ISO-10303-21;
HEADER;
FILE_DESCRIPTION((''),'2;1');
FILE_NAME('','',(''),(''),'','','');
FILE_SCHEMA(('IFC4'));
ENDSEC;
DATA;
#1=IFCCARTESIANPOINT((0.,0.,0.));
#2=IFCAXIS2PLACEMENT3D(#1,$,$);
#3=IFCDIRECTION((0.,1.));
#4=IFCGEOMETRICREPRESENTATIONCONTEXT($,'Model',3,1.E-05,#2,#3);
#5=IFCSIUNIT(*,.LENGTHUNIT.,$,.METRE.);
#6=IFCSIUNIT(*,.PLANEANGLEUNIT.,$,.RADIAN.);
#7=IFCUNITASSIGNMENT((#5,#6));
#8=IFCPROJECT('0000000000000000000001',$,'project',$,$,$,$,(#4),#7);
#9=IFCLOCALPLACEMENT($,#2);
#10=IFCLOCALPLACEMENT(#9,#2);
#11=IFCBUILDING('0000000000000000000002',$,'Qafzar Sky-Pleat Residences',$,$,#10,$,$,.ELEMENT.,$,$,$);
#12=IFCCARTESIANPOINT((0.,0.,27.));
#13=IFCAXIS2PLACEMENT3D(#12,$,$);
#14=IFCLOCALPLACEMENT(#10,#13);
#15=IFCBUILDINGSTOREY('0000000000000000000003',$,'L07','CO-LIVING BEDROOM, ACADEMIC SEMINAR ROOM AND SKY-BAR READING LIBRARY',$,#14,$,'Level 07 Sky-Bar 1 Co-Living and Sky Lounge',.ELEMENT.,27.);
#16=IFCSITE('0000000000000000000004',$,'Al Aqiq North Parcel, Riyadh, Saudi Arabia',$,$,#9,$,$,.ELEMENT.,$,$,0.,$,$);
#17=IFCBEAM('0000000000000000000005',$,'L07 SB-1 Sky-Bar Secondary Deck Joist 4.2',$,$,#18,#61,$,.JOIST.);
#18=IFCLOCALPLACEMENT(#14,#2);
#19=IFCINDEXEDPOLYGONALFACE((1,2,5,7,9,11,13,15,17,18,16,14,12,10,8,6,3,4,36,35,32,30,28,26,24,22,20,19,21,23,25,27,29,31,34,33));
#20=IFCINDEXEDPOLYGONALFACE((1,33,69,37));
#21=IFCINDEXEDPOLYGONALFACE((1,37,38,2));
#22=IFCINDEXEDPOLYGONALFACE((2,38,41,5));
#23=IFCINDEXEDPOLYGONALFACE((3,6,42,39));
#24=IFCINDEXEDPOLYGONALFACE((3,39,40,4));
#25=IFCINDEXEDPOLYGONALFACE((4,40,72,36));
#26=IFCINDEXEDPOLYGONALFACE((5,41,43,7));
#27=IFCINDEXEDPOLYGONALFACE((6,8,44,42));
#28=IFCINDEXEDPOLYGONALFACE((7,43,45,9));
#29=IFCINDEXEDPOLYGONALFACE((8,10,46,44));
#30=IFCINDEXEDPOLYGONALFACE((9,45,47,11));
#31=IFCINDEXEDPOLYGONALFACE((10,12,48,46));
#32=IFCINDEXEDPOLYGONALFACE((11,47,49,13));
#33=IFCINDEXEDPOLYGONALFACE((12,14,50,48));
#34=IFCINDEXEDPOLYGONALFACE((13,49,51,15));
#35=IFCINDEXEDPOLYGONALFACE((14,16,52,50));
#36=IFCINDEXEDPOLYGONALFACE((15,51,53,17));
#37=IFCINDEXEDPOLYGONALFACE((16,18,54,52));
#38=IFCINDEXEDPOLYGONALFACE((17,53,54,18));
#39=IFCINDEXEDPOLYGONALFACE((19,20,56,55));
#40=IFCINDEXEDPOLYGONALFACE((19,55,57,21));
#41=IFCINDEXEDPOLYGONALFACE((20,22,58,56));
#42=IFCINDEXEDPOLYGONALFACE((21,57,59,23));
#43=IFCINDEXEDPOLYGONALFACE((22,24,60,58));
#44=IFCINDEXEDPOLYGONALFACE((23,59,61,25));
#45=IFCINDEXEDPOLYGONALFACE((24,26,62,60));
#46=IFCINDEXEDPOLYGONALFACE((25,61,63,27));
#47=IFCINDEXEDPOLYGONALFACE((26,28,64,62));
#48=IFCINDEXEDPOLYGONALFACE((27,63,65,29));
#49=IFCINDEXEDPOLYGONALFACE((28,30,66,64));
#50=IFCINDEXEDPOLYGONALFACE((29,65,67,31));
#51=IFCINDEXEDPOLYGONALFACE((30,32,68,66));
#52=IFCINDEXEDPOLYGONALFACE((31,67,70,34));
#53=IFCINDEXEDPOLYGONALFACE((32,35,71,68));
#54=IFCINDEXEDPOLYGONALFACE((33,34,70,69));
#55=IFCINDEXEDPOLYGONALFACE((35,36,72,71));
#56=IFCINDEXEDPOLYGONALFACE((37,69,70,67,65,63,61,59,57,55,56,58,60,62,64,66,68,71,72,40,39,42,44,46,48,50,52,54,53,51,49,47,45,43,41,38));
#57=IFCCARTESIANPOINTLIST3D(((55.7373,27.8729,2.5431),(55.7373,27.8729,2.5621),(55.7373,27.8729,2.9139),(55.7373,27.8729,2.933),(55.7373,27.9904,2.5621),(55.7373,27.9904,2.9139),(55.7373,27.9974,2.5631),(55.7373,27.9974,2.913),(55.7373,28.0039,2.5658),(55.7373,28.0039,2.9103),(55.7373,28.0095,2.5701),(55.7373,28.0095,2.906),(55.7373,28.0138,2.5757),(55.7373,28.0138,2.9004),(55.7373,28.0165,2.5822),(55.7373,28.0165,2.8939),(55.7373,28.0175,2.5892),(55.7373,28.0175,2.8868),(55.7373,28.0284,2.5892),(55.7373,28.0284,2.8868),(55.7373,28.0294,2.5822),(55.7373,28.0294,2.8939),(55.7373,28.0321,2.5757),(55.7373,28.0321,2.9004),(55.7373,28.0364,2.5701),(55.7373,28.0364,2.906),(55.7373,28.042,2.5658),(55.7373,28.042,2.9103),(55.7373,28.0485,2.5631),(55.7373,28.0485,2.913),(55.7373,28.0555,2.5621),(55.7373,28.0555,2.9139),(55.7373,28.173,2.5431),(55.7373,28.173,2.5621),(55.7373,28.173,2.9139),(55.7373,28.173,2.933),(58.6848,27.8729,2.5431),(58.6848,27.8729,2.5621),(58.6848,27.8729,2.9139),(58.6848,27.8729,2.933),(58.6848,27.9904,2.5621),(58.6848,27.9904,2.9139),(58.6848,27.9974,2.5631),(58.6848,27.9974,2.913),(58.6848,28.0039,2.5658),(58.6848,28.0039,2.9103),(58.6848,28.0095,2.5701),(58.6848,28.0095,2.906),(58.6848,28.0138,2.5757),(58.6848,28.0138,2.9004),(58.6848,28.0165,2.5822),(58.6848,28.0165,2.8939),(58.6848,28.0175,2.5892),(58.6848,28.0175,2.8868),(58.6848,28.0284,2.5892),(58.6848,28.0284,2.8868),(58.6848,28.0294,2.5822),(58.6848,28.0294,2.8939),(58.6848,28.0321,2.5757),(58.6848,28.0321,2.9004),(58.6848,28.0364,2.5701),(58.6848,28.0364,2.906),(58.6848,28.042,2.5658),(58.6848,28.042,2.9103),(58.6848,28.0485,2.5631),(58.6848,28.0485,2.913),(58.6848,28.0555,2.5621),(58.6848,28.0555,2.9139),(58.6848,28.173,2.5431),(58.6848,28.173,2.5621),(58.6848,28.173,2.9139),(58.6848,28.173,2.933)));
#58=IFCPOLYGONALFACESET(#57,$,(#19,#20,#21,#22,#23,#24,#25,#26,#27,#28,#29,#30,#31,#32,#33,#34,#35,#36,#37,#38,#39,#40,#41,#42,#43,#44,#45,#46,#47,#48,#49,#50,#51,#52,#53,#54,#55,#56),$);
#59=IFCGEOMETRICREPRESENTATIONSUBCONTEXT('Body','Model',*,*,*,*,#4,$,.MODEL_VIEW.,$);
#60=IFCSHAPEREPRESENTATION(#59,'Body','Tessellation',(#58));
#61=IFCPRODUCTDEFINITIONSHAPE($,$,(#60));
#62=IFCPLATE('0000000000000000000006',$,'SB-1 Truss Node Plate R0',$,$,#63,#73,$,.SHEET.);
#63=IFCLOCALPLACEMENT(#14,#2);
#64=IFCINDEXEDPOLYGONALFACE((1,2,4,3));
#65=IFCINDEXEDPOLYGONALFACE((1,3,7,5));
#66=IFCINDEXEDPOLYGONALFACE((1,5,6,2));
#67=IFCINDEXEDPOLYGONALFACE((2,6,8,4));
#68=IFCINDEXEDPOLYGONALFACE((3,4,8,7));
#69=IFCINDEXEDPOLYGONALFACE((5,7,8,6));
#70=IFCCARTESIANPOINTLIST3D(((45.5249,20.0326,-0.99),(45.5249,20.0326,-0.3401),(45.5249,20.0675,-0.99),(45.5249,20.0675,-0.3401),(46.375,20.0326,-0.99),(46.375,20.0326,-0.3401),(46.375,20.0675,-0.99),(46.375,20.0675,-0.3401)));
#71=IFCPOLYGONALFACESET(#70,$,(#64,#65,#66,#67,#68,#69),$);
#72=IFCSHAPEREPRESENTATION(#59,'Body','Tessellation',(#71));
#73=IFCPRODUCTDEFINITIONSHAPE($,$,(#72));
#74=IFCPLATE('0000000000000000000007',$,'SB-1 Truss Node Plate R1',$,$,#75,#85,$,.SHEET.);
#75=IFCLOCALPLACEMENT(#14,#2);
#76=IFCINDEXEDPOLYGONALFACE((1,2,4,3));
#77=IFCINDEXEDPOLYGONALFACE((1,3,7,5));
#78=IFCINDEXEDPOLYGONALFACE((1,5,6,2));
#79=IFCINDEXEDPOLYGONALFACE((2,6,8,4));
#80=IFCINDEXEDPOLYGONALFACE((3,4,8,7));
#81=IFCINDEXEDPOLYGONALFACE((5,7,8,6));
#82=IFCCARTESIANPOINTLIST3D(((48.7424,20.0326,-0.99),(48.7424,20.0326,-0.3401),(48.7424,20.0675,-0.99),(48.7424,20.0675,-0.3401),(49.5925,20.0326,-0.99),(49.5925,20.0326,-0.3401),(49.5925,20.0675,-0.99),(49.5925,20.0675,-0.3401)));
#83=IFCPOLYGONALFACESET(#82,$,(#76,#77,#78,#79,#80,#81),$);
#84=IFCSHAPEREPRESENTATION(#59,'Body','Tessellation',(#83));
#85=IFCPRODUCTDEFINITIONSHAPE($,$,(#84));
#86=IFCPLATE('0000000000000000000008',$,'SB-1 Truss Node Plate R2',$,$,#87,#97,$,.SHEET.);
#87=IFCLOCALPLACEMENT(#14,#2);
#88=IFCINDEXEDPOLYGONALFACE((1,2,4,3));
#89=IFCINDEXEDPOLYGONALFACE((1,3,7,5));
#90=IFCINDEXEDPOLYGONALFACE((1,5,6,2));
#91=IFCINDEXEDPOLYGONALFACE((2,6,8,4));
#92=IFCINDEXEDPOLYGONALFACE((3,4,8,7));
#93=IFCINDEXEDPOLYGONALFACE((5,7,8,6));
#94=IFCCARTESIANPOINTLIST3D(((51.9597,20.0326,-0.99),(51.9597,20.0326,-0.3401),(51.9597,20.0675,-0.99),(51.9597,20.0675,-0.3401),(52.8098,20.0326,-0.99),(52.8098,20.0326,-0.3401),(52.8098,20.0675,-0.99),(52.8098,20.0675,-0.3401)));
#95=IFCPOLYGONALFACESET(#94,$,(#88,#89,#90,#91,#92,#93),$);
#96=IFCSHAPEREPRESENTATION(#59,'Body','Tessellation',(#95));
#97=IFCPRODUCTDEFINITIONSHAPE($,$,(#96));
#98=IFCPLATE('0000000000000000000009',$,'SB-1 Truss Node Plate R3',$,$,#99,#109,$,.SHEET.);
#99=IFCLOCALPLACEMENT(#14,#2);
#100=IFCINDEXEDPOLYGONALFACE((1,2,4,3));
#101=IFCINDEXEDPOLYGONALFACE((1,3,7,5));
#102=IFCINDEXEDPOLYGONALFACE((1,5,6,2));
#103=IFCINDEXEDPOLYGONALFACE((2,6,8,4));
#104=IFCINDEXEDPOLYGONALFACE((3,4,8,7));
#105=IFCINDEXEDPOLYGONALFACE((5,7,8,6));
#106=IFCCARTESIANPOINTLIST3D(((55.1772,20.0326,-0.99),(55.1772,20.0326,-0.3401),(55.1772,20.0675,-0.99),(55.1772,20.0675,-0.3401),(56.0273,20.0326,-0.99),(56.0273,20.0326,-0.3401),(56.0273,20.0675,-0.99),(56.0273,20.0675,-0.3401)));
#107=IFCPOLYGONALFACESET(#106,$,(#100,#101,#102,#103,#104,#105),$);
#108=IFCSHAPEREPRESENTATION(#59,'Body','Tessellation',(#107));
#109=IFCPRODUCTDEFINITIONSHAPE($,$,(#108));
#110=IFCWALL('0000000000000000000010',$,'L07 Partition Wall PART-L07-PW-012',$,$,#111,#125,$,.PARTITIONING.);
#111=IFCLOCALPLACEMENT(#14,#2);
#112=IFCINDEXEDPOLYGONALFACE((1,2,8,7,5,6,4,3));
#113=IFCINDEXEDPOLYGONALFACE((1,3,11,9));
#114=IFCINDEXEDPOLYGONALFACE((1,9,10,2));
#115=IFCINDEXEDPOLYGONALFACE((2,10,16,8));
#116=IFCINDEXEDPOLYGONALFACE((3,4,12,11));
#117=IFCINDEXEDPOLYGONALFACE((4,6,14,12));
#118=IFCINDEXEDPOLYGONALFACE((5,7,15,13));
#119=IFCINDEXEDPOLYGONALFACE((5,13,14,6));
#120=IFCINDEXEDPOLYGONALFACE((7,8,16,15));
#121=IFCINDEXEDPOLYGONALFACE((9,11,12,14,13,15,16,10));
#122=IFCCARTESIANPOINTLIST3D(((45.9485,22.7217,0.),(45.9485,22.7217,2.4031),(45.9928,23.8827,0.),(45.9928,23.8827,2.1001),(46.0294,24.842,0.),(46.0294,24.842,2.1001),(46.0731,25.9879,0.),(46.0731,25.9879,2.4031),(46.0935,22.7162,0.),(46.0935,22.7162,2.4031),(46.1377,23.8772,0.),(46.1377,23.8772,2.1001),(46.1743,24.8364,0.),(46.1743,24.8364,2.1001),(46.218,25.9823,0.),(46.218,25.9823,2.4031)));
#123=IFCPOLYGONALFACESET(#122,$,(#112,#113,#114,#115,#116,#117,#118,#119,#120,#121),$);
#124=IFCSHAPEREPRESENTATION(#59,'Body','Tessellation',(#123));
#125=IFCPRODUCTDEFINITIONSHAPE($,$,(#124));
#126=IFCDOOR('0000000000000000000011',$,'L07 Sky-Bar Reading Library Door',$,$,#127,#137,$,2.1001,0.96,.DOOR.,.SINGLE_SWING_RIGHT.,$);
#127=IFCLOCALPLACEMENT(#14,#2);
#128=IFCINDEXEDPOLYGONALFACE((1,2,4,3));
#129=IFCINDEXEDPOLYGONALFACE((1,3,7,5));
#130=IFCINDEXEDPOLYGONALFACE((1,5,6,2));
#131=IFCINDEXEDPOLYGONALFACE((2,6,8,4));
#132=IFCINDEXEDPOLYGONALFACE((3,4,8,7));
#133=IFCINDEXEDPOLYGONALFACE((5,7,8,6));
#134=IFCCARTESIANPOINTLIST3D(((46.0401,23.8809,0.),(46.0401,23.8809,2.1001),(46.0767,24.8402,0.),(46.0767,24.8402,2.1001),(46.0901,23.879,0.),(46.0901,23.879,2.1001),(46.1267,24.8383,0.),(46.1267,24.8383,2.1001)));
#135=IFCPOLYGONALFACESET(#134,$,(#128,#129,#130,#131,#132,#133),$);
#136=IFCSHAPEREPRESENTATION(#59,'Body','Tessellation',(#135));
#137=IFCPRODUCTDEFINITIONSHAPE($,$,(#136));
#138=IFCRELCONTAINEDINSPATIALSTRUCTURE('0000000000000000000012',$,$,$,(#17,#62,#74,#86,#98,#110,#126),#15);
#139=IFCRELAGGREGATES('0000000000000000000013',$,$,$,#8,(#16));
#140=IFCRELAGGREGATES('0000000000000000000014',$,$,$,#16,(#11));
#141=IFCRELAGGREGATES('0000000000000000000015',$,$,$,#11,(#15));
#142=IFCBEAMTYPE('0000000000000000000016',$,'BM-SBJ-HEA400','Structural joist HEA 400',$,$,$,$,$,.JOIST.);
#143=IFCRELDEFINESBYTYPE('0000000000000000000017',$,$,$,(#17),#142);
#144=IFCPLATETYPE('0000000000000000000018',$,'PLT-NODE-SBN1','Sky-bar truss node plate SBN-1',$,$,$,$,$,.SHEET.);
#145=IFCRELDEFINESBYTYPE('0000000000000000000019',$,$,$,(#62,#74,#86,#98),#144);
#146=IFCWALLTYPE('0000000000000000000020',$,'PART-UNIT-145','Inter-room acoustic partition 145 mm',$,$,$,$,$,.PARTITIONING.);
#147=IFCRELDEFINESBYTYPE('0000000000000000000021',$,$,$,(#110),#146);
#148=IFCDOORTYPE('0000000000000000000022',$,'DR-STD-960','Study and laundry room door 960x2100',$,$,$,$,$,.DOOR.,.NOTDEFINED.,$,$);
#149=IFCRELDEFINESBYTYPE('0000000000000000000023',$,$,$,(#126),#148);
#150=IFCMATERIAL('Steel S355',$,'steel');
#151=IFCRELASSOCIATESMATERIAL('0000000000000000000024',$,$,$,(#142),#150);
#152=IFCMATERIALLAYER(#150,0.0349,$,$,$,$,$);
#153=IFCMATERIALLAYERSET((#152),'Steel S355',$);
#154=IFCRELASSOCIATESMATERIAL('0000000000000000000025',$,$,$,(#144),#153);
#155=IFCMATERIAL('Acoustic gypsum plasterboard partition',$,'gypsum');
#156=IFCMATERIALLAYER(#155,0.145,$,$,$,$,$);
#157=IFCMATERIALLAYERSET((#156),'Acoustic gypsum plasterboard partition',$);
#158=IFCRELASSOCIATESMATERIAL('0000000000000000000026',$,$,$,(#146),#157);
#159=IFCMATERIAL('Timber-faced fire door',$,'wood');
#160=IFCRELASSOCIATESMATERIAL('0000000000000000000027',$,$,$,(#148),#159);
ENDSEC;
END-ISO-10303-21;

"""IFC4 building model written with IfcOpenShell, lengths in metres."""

from ifc_helpers import new_model, si_unit, direction, frame, frame_2d, origin, origin_2d, place, context, subcontext, project, spatial, rectangle, i_section, extrude, source, transform, mapped, material, layer, layer_set, material_profile, profile_set, type_object, element, fill, save


model = new_model("IFC4")

# Units and contexts
model_context = context("Model", 3, precision=1e-05, world=origin(), true_north=direction((0.0, 1.0)))
body_context = subcontext(model_context, "Body", "Model", "MODEL_VIEW")
ifc_project = project(units=[si_unit("LENGTHUNIT", "METRE"), si_unit("PLANEANGLEUNIT", "RADIAN")], contexts=[model_context])

# Site, building, storey
site_placement = place(None, origin())
site = spatial("IfcSite", under=ifc_project, at=site_placement, Name="Al Aqiq North Parcel, Riyadh, Saudi Arabia", CompositionType="ELEMENT", RefElevation=0.0)
building_placement = place(site_placement, origin())
building = spatial("IfcBuilding", under=site, at=building_placement, Name="Qafzar Sky-Pleat Residences", CompositionType="ELEMENT")
storey_placement = place(building_placement, frame((0.0, 0.0, 27.0)))
storey = spatial("IfcBuildingStorey", under=building, at=storey_placement, Name="L07", Description="CO-LIVING BEDROOM, ACADEMIC SEMINAR ROOM AND SKY-BAR READING LIBRARY", LongName="Level 07 Sky-Bar 1 Co-Living and Sky Lounge", CompositionType="ELEMENT", Elevation=27.0)

# Shared definitions
ifc_material_1 = material(Name="Steel S355", Category="steel")

# Beam
ifc_material_profile_1 = material_profile(ifc_material_1, i_section(OverallWidth=0.3, OverallDepth=0.3899, WebThickness=0.011, FlangeThickness=0.019, FilletRadius=0.0271, at=origin_2d()), Name="HEA 400")
ifc_profile_set_1 = profile_set([ifc_material_profile_1], Name="Steel S355")
beam_type_1 = type_object("IfcBeamType", Name="BM-SBJ-HEA400", Description="Structural joist HEA 400", PredefinedType="JOIST", material=ifc_profile_set_1)
shared_shape_1 = source(origin(), body_context, "Body", "SweptSolid", [
    extrude(i_section(OverallWidth=0.3, OverallDepth=0.3899, WebThickness=0.011, FlangeThickness=0.019, FilletRadius=0.0271, at=origin_2d()), origin(), (0.0, 0.0, 1.0), 2.9475),
])
for number, where, z_axis, x_axis, name in (
    (1, (55.7373, 28.0229, 2.738), (1.0, 0.0, 0.0), (0.0, 1.0, 0.0), "L07 SB-1 Sky-Bar Secondary Deck Joist 4.2"),
):
    element("IfcBeam", number, at=place(storey_placement, frame(where, z_axis=z_axis, x_axis=x_axis)), inside=storey, type_object=beam_type_1, Name=name, PredefinedType="JOIST", context=body_context, shape_type="MappedRepresentation", body=[
        mapped(shared_shape_1, transform((0.0, 0.0, 0.0), x_axis=(1.0, 0.0, 0.0), y_axis=(0.0, 1.0, 0.0), z_axis=(0.0, 0.0, 1.0), scale=1.0)),
    ])

# Plates
ifc_layer_1 = layer(ifc_material_1, 0.0349)
ifc_layer_set_1 = layer_set([ifc_layer_1], Name="Steel S355")
plate_type = type_object("IfcPlateType", Name="PLT-NODE-SBN1", Description="Sky-bar truss node plate SBN-1", PredefinedType="SHEET", material=ifc_layer_set_1)
shared_shape_2 = source(origin(), body_context, "Body", "SweptSolid", [
    extrude(rectangle(XDim=0.8501, YDim=0.0349, at=origin_2d()), origin(), (0.0, 0.0, 1.0), 0.6499),
])
for number, where, z_axis, x_axis, name in (
    (2, (45.95, 20.05, -0.99), (0.0, 0.0, 1.0), (1.0, 0.0, 0.0), "SB-1 Truss Node Plate R0"),
    (3, (49.1675, 20.05, -0.99), (0.0, 0.0, 1.0), (1.0, 0.0, 0.0), "SB-1 Truss Node Plate R1"),
    (4, (52.3848, 20.05, -0.99), (0.0, 0.0, 1.0), (1.0, 0.0, 0.0), "SB-1 Truss Node Plate R2"),
    (5, (55.6023, 20.05, -0.99), (0.0, 0.0, 1.0), (1.0, 0.0, 0.0), "SB-1 Truss Node Plate R3"),
):
    element("IfcPlate", number, at=place(storey_placement, frame(where, z_axis=z_axis, x_axis=x_axis)), inside=storey, type_object=plate_type, Name=name, PredefinedType="SHEET", context=body_context, shape_type="MappedRepresentation", body=[
        mapped(shared_shape_2, transform((0.0, 0.0, 0.0), x_axis=(1.0, 0.0, 0.0), y_axis=(0.0, 1.0, 0.0), z_axis=(0.0, 0.0, 1.0), scale=1.0)),
    ])

# Wall, opening, door
ifc_material_2 = material(Name="Acoustic gypsum plasterboard partition", Category="gypsum")
ifc_layer_2 = layer(ifc_material_2, 0.145)
ifc_layer_set_2 = layer_set([ifc_layer_2], Name="Acoustic gypsum plasterboard partition")
wall_type = type_object("IfcWallType", Name="PART-UNIT-145", Description="Inter-room acoustic partition 145 mm", PredefinedType="PARTITIONING", material=ifc_layer_set_2)
wall_placement = place(storey_placement, frame((46.1455, 25.9851, 0.0), z_axis=(0.0, 0.0, 1.0), x_axis=(-0.038095, -0.999274, 0.0)))
wall = element("IfcWall", 6, at=wall_placement, inside=storey, type_object=wall_type, Name="L07 Partition Wall PART-L07-PW-012", PredefinedType="PARTITIONING", context=body_context, shape_type="SweptSolid", body=[
    extrude(rectangle(XDim=3.2686, YDim=0.145, at=frame_2d((1.6343, 0.0))), origin(), (0.0, 0.0, 1.0), 2.4031),
])
opening_placement = place(wall_placement, frame((1.1467, 0.0, 0.0)))
opening = element("IfcOpeningElement", 7, at=opening_placement, cuts=wall, PredefinedType="OPENING", context=body_context, shape_type="SweptSolid", body=[
    extrude(rectangle(XDim=0.96, YDim=2.1001, at=frame_2d((0.48, 1.05))), frame((0.0, 0.0825, 0.0), z_axis=(0.0, -1.0, 0.0), x_axis=(1.0, 0.0, 0.0)), (0.0, 0.0, 1.0), 0.165),
])
ifc_material_3 = material(Name="Timber-faced fire door", Category="wood")
door_type = type_object("IfcDoorType", Name="DR-STD-960", Description="Study and laundry room door 960x2100", OperationType="NOTDEFINED", PredefinedType="DOOR", material=ifc_material_3)
shared_shape_3 = source(origin(), body_context, "Body", "SweptSolid", [
    extrude(rectangle(XDim=0.96, YDim=2.1001, at=frame_2d((0.48, 1.05))), frame((0.0, 0.0249, 0.0), z_axis=(0.0, -1.0, 0.0), x_axis=(1.0, 0.0, 0.0)), (0.0, 0.0, 1.0), 0.05),
])
door_placement = place(opening_placement, origin())
door = element("IfcDoor", 8, at=door_placement, inside=storey, type_object=door_type, Name="L07 Sky-Bar Reading Library Door", OperationType="SINGLE_SWING_RIGHT", OverallHeight=2.1001, OverallWidth=0.96, PredefinedType="DOOR", context=body_context, shape_type="MappedRepresentation", body=[
    mapped(shared_shape_3, transform((0.0, 0.0, 0.0), x_axis=(1.0, 0.0, 0.0), y_axis=(0.0, 1.0, 0.0), z_axis=(0.0, 0.0, 1.0), scale=1.0)),
])
fill(opening, door)

save(model, "model.ifc")
